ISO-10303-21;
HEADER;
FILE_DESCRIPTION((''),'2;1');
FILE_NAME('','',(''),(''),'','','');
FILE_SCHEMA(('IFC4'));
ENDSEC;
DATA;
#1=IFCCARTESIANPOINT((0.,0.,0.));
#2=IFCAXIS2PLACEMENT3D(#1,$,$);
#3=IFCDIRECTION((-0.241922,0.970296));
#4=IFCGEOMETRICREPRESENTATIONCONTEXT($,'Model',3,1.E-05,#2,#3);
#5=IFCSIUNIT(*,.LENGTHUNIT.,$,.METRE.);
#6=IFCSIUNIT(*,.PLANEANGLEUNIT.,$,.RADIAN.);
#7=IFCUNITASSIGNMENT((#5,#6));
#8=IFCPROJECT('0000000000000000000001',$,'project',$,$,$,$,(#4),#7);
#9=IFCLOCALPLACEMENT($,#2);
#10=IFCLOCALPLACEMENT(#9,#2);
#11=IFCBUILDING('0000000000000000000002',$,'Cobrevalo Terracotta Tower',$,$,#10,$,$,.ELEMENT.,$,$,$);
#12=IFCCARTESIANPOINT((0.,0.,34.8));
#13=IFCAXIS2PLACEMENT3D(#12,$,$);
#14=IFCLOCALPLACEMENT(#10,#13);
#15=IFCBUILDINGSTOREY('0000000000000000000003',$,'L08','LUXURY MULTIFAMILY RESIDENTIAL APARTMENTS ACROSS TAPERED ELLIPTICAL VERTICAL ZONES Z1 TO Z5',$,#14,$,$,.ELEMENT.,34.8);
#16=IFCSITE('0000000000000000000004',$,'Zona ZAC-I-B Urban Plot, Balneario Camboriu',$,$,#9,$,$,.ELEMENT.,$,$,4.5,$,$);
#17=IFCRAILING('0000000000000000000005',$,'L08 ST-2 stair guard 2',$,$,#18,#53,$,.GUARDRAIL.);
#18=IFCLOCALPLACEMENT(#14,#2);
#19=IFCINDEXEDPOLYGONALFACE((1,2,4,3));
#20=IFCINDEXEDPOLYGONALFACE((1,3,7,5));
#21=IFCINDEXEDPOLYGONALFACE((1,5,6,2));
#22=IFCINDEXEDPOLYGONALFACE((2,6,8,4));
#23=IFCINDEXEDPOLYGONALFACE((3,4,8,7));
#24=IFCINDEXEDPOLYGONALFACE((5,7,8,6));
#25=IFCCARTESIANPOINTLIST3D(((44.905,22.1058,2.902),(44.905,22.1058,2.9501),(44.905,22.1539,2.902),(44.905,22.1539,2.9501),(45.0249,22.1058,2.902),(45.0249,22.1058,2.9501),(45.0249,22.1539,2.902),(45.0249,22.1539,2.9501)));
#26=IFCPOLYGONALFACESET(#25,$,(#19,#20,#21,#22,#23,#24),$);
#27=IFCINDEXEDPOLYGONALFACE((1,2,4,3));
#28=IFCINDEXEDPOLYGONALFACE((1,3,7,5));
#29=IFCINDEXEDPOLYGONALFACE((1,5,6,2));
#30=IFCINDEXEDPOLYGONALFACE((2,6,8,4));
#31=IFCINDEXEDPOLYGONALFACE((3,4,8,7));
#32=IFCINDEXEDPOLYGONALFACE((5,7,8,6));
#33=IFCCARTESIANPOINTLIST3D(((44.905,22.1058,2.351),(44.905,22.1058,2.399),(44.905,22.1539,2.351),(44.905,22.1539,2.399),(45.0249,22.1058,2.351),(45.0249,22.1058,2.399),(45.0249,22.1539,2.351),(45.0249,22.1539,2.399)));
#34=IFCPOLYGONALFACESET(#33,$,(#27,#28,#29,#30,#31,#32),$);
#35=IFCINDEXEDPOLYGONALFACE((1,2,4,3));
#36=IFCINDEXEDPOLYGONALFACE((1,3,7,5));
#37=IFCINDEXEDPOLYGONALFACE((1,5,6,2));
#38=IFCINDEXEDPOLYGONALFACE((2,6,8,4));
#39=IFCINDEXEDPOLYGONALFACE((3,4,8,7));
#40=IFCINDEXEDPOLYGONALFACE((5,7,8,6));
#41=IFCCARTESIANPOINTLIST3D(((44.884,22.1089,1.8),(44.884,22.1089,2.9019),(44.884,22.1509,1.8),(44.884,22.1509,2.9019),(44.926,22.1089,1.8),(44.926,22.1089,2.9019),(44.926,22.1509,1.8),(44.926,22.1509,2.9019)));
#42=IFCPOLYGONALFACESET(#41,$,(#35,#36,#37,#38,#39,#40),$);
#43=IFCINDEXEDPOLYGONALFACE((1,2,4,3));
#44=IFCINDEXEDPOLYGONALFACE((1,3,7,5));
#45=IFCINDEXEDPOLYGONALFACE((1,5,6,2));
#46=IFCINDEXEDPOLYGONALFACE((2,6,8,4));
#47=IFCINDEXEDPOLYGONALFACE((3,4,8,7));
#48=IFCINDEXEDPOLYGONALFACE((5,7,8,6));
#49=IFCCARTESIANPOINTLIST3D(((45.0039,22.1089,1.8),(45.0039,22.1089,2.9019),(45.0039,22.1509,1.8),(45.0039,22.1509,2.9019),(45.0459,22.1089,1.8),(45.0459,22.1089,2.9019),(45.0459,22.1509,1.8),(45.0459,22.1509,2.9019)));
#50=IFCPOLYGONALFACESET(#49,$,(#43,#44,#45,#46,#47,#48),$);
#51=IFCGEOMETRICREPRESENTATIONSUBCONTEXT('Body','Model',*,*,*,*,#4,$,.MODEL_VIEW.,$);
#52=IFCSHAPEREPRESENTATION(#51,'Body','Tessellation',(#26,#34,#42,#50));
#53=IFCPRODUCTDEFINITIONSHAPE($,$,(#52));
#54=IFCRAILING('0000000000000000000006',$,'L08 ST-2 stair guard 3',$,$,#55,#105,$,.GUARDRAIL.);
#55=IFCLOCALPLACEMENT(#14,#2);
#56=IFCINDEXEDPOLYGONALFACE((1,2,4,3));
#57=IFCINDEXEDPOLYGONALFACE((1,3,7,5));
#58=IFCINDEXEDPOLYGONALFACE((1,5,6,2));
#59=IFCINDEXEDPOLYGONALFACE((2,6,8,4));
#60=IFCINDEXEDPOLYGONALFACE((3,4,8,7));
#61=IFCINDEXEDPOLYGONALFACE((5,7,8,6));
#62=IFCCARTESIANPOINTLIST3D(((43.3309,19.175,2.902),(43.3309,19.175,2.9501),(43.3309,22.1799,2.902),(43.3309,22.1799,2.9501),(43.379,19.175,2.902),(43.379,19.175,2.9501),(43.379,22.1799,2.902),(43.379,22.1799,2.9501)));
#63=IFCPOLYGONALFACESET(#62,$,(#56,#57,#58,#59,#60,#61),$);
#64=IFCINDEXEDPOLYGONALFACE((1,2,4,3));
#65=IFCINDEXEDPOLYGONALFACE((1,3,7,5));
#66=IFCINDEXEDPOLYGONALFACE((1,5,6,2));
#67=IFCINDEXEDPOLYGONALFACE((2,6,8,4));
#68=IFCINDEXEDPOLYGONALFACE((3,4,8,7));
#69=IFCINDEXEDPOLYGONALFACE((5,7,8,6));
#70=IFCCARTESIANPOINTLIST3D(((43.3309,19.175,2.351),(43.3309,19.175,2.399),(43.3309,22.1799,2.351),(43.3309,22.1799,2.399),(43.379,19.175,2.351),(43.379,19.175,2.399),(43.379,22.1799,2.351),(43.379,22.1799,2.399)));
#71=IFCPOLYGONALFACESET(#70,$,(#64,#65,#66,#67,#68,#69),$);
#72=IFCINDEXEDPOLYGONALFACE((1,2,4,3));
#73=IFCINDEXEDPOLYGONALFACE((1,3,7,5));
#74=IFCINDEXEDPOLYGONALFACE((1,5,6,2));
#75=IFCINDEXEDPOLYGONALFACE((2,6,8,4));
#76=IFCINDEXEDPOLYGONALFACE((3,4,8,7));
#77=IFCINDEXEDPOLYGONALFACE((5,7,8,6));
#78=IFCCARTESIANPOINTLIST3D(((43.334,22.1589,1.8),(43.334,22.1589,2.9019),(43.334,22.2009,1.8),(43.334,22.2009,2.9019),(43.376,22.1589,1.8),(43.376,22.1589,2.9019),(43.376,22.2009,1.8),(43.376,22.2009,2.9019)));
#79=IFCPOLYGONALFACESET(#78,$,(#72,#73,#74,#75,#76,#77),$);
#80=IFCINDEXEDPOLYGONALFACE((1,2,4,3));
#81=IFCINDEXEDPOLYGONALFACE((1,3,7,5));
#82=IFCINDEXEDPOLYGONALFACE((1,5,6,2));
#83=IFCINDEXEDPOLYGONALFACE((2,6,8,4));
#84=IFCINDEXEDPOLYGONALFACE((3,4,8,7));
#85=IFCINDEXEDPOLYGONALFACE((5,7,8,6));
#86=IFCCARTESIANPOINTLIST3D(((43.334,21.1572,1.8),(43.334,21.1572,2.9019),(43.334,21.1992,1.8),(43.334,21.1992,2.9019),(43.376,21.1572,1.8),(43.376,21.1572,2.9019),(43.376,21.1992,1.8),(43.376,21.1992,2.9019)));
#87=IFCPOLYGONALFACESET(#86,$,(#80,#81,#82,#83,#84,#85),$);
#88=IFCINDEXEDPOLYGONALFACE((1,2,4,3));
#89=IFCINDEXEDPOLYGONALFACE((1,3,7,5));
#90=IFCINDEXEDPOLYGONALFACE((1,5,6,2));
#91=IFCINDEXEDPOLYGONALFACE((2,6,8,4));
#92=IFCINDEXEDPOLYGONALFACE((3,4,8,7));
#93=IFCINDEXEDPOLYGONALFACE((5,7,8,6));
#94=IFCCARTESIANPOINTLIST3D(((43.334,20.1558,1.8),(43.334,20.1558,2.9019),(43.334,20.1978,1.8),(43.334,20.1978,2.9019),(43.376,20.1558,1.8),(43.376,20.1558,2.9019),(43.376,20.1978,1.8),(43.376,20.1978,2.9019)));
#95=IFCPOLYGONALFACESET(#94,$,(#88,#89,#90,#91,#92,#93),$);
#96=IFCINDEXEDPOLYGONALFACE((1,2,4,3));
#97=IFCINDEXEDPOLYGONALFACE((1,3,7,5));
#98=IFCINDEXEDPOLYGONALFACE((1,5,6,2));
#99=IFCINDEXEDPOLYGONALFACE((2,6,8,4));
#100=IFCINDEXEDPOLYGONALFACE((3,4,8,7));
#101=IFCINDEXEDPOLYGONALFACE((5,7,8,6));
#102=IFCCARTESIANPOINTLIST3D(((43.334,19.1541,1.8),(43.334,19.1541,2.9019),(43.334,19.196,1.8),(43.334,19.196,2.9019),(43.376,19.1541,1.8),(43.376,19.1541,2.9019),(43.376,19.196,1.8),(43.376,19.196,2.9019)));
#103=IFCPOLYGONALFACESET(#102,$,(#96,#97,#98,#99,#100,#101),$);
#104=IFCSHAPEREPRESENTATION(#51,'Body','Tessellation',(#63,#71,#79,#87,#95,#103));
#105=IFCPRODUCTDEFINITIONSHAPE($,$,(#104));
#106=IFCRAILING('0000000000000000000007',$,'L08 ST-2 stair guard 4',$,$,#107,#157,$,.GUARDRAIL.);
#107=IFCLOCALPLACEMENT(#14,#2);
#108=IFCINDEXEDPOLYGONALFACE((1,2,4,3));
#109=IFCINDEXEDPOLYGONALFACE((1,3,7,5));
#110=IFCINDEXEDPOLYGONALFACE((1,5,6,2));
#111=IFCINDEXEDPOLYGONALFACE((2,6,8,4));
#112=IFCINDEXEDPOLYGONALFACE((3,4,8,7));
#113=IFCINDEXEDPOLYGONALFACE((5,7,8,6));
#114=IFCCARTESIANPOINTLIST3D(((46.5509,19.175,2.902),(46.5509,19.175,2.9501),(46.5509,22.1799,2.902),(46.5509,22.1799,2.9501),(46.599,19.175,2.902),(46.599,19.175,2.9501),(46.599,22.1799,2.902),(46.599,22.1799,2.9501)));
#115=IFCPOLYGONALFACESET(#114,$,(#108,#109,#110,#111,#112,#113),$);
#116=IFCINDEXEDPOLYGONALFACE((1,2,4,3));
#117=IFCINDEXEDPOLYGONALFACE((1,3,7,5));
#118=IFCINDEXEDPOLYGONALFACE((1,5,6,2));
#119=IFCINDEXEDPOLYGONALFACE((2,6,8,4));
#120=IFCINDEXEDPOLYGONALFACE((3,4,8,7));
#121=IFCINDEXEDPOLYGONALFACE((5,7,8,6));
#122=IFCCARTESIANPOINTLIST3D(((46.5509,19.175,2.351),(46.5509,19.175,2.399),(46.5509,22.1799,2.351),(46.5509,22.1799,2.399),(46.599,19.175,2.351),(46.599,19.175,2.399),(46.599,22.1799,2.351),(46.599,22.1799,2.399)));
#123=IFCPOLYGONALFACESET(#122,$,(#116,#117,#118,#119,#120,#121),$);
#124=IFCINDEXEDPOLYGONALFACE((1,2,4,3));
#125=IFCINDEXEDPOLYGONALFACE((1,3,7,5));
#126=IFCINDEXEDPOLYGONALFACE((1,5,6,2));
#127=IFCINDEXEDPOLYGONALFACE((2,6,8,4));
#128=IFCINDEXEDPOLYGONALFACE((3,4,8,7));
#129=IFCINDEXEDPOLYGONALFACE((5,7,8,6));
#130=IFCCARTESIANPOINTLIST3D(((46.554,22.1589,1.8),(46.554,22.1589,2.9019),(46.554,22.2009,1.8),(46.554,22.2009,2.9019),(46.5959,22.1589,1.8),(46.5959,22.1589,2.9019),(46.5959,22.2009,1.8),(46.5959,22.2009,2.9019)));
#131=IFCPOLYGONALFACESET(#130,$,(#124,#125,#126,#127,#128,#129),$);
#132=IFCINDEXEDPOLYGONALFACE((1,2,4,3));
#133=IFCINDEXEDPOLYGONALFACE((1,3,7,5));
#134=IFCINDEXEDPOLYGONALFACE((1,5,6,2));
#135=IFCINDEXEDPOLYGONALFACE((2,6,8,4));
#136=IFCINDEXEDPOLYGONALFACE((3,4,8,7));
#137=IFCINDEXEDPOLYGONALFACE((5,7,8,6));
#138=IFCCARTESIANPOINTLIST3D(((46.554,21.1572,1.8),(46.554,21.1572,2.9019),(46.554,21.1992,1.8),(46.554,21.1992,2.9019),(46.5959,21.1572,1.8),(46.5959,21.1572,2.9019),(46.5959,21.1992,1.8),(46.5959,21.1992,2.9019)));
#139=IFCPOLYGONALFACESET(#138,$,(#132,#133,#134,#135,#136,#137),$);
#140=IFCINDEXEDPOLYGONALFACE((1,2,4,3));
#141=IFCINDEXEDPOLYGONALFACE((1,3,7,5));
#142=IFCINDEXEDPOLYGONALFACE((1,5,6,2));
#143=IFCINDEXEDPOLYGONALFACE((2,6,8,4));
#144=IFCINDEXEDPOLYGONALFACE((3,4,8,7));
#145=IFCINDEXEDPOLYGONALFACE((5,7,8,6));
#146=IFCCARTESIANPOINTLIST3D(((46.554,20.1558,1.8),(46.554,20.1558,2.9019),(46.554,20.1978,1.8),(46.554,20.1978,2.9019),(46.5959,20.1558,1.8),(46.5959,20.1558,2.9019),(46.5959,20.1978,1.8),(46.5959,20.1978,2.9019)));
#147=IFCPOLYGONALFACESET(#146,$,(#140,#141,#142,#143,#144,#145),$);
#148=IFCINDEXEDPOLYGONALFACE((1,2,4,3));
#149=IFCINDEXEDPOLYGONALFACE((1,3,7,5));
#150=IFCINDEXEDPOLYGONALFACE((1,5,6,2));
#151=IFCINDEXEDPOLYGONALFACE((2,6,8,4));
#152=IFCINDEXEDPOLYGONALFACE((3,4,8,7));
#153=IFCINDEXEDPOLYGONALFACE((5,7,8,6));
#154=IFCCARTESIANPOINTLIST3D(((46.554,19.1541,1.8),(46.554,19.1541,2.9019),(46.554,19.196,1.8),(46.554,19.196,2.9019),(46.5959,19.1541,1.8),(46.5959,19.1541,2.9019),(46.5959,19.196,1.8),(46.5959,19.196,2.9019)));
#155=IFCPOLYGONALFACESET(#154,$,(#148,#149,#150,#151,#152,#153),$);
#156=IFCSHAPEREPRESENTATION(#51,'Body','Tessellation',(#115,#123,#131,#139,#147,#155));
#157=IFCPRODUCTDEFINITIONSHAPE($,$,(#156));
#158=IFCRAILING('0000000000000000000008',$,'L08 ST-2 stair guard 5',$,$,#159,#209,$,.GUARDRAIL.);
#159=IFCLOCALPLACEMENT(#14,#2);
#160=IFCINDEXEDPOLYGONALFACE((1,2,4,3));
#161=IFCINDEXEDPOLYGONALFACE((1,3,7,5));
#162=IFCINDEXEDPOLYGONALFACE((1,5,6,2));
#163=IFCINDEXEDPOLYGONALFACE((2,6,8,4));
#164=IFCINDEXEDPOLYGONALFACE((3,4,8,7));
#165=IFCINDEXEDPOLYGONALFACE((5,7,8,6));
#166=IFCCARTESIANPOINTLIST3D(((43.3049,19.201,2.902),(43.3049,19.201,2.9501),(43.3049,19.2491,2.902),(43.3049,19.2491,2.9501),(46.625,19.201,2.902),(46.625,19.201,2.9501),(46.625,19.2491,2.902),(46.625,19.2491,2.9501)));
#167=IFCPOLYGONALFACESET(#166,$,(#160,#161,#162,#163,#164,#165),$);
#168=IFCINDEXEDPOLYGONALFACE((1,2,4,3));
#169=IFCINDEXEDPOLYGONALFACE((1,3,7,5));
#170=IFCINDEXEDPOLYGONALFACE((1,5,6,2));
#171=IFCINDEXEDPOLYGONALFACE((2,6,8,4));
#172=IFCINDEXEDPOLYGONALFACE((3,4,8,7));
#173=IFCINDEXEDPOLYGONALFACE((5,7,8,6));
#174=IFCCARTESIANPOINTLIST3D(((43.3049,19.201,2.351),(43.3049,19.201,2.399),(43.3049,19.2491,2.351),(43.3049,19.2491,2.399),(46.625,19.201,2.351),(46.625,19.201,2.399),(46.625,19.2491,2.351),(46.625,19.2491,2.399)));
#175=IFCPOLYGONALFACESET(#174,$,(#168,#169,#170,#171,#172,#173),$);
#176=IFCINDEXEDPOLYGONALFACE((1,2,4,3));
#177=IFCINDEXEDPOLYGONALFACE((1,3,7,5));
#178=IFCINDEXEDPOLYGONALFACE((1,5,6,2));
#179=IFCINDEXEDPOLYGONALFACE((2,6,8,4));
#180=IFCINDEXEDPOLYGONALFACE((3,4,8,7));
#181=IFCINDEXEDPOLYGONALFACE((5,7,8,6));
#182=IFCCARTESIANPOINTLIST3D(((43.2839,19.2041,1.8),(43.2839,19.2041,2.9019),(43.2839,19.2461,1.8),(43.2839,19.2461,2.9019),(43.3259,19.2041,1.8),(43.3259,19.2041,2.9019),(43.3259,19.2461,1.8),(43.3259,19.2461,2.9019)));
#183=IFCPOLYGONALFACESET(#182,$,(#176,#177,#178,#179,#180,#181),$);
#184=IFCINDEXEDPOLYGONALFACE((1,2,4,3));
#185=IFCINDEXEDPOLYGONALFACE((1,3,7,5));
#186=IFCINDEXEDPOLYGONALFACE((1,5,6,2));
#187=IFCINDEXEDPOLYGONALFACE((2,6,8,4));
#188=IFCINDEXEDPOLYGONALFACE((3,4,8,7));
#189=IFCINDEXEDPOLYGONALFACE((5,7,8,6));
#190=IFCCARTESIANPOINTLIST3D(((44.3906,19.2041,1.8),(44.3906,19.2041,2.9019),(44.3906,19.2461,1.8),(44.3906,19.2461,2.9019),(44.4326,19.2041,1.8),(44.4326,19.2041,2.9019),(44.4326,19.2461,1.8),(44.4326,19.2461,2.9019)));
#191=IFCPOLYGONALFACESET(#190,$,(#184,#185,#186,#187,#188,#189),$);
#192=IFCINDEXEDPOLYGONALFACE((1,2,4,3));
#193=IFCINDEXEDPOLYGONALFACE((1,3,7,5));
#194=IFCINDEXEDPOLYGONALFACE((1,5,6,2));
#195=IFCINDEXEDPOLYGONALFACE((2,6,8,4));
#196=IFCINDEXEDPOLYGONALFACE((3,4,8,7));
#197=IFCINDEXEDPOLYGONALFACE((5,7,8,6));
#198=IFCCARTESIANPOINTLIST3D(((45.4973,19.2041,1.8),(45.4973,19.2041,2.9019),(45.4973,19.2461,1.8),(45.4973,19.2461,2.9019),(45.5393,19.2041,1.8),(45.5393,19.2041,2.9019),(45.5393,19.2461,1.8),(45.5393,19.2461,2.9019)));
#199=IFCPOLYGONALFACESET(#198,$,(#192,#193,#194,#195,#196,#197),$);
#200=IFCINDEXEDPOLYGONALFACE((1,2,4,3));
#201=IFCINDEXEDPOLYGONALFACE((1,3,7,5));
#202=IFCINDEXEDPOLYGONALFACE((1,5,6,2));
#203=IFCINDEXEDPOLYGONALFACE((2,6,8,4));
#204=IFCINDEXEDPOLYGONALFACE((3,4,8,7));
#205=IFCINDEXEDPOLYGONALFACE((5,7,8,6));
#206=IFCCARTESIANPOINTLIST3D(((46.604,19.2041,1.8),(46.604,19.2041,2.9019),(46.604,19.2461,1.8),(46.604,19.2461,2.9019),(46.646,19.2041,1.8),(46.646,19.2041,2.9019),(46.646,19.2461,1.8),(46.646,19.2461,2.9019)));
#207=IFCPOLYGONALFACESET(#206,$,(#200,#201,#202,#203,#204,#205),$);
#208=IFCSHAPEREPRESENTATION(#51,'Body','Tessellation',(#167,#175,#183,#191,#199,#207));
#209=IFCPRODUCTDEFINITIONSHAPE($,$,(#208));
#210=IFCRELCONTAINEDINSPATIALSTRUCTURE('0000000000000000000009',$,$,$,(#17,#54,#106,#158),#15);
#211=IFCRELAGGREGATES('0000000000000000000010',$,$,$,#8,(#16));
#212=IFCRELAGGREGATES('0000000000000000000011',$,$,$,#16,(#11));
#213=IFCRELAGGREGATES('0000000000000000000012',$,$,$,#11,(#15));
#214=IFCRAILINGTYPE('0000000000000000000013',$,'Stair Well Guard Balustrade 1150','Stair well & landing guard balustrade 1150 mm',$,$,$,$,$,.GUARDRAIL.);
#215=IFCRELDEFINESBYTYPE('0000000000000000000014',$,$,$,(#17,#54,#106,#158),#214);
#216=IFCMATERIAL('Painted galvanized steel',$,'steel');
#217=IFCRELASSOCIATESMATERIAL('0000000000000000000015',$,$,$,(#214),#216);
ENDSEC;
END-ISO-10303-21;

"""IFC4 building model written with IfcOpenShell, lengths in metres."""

from ifc_helpers import new_model, si_unit, direction, frame, origin, origin_2d, place, context, subcontext, project, spatial, rectangle, extrude, material, type_object, element, save


model = new_model("IFC4")

# Units and contexts
model_context = context("Model", 3, precision=1e-05, world=origin(), true_north=direction((-0.241922, 0.970296)))
body_context = subcontext(model_context, "Body", "Model", "MODEL_VIEW")
ifc_project = project(units=[si_unit("LENGTHUNIT", "METRE"), si_unit("PLANEANGLEUNIT", "RADIAN")], contexts=[model_context])

# Site, building, storey
site_placement = place(None, origin())
site = spatial("IfcSite", under=ifc_project, at=site_placement, Name="Zona ZAC-I-B Urban Plot, Balneario Camboriu", CompositionType="ELEMENT", RefElevation=4.5)
building_placement = place(site_placement, origin())
building = spatial("IfcBuilding", under=site, at=building_placement, Name="Cobrevalo Terracotta Tower", CompositionType="ELEMENT")
storey_placement = place(building_placement, frame((0.0, 0.0, 34.8)))
storey = spatial("IfcBuildingStorey", under=building, at=storey_placement, Name="L08", Description="LUXURY MULTIFAMILY RESIDENTIAL APARTMENTS ACROSS TAPERED ELLIPTICAL VERTICAL ZONES Z1 TO Z5", CompositionType="ELEMENT", Elevation=34.8)

# Railings
ifc_material_1 = material(Name="Painted galvanized steel", Category="steel")
railing_type_1 = type_object("IfcRailingType", Name="Stair Well Guard Balustrade 1150", Description="Stair well & landing guard balustrade 1150 mm", PredefinedType="GUARDRAIL", material=ifc_material_1)
railing_1_placement = place(storey_placement, frame((44.905, 22.1299, 1.8)))
element("IfcRailing", 1, at=railing_1_placement, inside=storey, type_object=railing_type_1, Name="L08 ST-2 stair guard 2", PredefinedType="GUARDRAIL", context=body_context, shape_type="SweptSolid", body=[
    extrude(rectangle(XDim=0.0481, YDim=0.0481, at=origin_2d()), frame((0.0, 0.0, 1.126), z_axis=(1.0, 0.0, 0.0), x_axis=(0.0, 1.0, 0.0)), (0.0, 0.0, 1.0), 0.1199),
    extrude(rectangle(XDim=0.0481, YDim=0.0481, at=origin_2d()), frame((0.0, 0.0, 0.575), z_axis=(1.0, 0.0, 0.0), x_axis=(0.0, 1.0, 0.0)), (0.0, 0.0, 1.0), 0.1199),
    extrude(rectangle(XDim=0.042, YDim=0.042, at=origin_2d()), origin(), (0.0, 0.0, 1.0), 1.1018),
    extrude(rectangle(XDim=0.042, YDim=0.042, at=origin_2d()), frame((0.1199, 0.0, 0.0)), (0.0, 0.0, 1.0), 1.1018),
])
for number, where, name in (
    (2, (43.355, 22.1799, 1.8), "L08 ST-2 stair guard 3"),
    (3, (46.575, 22.1799, 1.8), "L08 ST-2 stair guard 4"),
):
    element("IfcRailing", number, at=place(storey_placement, frame(where)), inside=storey, type_object=railing_type_1, Name=name, PredefinedType="GUARDRAIL", context=body_context, shape_type="SweptSolid", body=[
        extrude(rectangle(XDim=0.0481, YDim=0.0481, at=origin_2d()), frame((0.0, 0.0, 1.126), z_axis=(0.0, -1.0, 0.0), x_axis=(1.0, 0.0, 0.0)), (0.0, 0.0, 1.0), 3.0049),
        extrude(rectangle(XDim=0.0481, YDim=0.0481, at=origin_2d()), frame((0.0, 0.0, 0.575), z_axis=(0.0, -1.0, 0.0), x_axis=(1.0, 0.0, 0.0)), (0.0, 0.0, 1.0), 3.0049),
        extrude(rectangle(XDim=0.042, YDim=0.042, at=origin_2d()), origin(), (0.0, 0.0, 1.0), 1.1018),
        extrude(rectangle(XDim=0.042, YDim=0.042, at=origin_2d()), frame((0.0, -1.0017, 0.0)), (0.0, 0.0, 1.0), 1.1018),
        extrude(rectangle(XDim=0.042, YDim=0.042, at=origin_2d()), frame((0.0, -2.0032, 0.0)), (0.0, 0.0, 1.0), 1.1018),
        extrude(rectangle(XDim=0.042, YDim=0.042, at=origin_2d()), frame((0.0, -3.0049, 0.0)), (0.0, 0.0, 1.0), 1.1018),
    ])
railing_2_placement = place(storey_placement, frame((43.3049, 19.2251, 1.8)))
element("IfcRailing", 4, at=railing_2_placement, inside=storey, type_object=railing_type_1, Name="L08 ST-2 stair guard 5", PredefinedType="GUARDRAIL", context=body_context, shape_type="SweptSolid", body=[
    extrude(rectangle(XDim=0.0481, YDim=0.0481, at=origin_2d()), frame((0.0, 0.0, 1.126), z_axis=(1.0, 0.0, 0.0), x_axis=(0.0, 1.0, 0.0)), (0.0, 0.0, 1.0), 3.3201),
    extrude(rectangle(XDim=0.0481, YDim=0.0481, at=origin_2d()), frame((0.0, 0.0, 0.575), z_axis=(1.0, 0.0, 0.0), x_axis=(0.0, 1.0, 0.0)), (0.0, 0.0, 1.0), 3.3201),
    extrude(rectangle(XDim=0.042, YDim=0.042, at=origin_2d()), origin(), (0.0, 0.0, 1.0), 1.1018),
    extrude(rectangle(XDim=0.042, YDim=0.042, at=origin_2d()), frame((1.1067, 0.0, 0.0)), (0.0, 0.0, 1.0), 1.1018),
    extrude(rectangle(XDim=0.042, YDim=0.042, at=origin_2d()), frame((2.2134, 0.0, 0.0)), (0.0, 0.0, 1.0), 1.1018),
    extrude(rectangle(XDim=0.042, YDim=0.042, at=origin_2d()), frame((3.3201, 0.0, 0.0)), (0.0, 0.0, 1.0), 1.1018),
])

save(model, "model.ifc")
